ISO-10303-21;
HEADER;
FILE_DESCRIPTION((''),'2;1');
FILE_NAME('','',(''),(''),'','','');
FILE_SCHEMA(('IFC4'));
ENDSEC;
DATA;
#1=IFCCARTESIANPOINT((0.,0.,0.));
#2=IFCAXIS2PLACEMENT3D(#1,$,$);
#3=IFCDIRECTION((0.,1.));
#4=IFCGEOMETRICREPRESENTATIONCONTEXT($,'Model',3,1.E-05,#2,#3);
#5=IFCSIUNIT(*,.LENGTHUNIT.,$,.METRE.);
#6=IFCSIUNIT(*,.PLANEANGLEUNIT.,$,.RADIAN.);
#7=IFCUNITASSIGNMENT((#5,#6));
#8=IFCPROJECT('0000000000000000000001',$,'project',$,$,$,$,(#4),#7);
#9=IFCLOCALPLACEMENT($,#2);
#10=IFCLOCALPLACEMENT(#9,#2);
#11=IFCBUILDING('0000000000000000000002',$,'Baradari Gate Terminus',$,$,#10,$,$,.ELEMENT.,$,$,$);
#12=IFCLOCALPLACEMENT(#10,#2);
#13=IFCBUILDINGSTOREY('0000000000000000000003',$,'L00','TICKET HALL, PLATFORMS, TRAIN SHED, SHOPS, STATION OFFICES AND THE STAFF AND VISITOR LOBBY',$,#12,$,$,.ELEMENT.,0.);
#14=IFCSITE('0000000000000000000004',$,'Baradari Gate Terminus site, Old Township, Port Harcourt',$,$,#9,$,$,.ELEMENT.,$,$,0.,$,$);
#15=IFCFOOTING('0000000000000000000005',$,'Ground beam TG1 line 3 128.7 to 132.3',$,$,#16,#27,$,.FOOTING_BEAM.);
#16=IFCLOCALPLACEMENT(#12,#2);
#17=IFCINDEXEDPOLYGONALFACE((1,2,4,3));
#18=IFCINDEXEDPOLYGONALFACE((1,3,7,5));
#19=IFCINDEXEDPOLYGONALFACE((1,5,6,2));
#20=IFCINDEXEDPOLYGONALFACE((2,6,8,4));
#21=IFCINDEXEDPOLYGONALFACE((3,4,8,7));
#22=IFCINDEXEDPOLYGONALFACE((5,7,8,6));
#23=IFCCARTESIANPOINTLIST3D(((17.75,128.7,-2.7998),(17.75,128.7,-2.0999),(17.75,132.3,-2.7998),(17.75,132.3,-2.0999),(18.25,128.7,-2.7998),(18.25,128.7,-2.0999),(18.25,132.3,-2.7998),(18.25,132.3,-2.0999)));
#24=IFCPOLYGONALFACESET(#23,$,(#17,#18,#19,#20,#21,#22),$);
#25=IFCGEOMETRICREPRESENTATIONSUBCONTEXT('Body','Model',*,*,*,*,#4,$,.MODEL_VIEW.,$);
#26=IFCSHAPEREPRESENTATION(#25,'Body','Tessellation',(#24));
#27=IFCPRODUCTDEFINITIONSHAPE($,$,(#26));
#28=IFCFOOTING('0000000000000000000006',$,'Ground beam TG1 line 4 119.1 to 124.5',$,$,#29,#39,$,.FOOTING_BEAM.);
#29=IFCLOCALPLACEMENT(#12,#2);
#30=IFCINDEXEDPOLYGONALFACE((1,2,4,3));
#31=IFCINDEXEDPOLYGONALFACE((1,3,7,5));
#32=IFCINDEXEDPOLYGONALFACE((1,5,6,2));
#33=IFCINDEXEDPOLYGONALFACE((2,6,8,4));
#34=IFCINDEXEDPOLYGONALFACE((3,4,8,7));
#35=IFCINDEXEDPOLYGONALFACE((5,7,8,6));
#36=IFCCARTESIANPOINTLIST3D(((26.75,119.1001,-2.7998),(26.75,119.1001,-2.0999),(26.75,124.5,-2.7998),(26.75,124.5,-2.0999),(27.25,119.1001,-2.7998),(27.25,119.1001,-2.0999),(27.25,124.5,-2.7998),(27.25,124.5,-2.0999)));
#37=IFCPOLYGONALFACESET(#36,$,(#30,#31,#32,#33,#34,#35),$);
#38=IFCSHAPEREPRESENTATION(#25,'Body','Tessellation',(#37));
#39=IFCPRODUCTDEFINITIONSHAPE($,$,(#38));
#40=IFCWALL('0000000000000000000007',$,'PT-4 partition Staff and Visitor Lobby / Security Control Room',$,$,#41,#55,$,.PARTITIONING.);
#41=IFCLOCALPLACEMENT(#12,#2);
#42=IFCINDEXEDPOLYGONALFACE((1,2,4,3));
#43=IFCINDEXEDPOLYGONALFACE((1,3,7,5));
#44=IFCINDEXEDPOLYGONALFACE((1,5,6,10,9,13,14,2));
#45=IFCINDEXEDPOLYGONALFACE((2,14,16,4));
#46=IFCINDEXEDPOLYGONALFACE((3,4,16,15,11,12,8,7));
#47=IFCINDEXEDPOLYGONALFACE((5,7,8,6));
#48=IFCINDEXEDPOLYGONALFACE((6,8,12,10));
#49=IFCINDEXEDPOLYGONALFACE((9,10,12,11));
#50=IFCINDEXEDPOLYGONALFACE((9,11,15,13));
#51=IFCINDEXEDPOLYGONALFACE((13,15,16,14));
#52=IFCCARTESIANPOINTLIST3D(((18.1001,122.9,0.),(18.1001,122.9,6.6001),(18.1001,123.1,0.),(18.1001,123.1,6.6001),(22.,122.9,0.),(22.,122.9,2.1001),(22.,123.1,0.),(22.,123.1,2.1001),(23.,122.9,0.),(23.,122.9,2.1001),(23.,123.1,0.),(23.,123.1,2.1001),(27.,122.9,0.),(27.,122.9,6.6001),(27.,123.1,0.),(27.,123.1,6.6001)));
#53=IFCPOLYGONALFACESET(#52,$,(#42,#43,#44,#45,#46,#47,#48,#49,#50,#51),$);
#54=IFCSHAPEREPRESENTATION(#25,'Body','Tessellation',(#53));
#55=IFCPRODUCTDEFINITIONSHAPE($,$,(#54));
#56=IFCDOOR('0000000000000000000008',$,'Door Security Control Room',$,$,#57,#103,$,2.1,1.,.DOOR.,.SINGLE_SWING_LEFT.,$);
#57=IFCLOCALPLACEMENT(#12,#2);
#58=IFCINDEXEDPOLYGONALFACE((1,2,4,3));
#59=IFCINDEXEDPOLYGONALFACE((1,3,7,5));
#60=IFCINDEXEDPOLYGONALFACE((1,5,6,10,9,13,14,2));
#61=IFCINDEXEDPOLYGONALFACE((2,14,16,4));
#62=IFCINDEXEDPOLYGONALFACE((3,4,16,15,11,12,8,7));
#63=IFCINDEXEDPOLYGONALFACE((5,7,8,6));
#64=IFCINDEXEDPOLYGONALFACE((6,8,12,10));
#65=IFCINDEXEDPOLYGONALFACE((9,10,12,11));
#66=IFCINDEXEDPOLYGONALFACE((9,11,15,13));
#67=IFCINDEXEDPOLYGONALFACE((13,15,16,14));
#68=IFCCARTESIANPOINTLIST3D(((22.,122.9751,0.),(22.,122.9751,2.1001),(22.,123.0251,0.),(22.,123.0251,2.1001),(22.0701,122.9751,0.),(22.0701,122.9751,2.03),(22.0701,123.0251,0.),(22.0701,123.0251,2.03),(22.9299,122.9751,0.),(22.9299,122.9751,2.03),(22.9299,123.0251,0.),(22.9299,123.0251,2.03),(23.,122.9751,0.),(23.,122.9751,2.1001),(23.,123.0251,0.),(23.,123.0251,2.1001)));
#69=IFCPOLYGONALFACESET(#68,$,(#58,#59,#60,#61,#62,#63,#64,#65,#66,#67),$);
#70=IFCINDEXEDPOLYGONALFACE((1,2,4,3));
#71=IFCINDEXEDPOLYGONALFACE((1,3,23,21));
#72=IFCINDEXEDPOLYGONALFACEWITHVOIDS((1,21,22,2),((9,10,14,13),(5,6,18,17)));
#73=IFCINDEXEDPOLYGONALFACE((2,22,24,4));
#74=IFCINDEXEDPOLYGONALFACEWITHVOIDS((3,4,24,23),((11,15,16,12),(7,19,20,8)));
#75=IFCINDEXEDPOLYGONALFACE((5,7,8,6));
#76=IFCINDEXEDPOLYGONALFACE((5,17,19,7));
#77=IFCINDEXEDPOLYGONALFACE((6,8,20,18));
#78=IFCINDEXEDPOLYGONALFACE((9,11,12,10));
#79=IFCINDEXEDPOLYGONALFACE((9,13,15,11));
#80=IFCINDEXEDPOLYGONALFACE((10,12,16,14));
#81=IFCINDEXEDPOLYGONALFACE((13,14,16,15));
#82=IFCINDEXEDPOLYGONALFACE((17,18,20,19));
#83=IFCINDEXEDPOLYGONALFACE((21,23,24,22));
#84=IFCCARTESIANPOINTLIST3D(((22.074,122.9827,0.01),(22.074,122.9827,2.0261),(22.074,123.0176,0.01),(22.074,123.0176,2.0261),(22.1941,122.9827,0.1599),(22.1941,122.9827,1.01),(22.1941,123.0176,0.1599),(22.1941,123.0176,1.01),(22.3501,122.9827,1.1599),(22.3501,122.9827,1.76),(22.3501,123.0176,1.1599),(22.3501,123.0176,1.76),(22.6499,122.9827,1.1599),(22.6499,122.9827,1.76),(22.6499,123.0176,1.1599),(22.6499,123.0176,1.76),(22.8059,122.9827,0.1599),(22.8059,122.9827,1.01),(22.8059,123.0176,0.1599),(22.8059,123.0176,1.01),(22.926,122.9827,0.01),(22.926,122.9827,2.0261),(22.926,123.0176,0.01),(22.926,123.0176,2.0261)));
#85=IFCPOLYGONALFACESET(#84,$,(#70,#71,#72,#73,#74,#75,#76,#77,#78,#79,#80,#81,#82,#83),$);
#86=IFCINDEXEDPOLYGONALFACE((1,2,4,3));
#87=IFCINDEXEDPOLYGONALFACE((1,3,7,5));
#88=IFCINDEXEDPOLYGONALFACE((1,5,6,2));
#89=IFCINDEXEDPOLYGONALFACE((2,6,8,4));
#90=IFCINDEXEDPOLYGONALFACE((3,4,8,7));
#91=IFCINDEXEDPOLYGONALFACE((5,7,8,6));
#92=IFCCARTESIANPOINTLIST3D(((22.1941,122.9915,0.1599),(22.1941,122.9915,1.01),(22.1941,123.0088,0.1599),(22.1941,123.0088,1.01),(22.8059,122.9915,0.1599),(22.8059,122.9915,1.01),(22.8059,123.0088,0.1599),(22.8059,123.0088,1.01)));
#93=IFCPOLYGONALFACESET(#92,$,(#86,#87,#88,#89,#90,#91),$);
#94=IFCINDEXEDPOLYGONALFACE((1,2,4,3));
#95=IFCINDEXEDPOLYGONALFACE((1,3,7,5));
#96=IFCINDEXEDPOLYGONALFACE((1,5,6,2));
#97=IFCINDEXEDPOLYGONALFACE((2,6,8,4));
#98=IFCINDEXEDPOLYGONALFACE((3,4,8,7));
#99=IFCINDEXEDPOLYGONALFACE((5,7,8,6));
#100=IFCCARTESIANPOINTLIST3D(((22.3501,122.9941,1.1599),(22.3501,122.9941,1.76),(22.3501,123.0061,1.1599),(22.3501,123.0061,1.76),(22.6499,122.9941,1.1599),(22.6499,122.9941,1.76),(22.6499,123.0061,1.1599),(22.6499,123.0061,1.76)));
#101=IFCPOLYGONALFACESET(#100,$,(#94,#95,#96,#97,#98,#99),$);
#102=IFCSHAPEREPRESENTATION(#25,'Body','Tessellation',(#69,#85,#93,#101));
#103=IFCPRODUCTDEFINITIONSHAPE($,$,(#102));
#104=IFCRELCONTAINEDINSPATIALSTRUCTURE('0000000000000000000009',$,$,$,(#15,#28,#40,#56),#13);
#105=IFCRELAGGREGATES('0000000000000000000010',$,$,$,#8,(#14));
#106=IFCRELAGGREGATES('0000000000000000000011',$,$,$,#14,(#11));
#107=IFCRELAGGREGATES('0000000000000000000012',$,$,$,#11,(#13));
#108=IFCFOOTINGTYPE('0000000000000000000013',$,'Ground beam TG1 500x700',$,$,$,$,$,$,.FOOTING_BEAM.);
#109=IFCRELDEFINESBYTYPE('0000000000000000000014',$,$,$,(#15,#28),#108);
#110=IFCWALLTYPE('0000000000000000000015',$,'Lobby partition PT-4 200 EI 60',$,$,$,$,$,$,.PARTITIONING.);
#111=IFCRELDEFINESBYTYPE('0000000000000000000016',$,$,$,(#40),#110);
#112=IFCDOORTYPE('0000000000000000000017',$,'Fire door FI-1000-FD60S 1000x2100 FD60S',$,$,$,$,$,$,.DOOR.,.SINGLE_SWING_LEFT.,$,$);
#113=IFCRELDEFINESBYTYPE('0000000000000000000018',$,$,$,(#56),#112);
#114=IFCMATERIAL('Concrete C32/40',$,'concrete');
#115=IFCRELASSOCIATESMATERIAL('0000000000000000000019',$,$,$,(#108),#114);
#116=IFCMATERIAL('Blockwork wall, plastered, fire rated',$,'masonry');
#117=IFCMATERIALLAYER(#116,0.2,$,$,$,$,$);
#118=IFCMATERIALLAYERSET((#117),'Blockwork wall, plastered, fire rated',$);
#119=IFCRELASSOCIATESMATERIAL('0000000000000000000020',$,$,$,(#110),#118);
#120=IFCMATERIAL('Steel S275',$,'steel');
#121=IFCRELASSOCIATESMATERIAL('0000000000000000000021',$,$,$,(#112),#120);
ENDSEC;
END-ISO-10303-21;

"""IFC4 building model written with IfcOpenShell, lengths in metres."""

from ifc_helpers import new_model, si_unit, direction, frame, frame_2d, origin, origin_2d, place, context, subcontext, project, spatial, polyline, rectangle, outline, extrude, material, layer, layer_set, type_object, element, fill, save


model = new_model("IFC4")

# Units and contexts
model_context = context("Model", 3, precision=1e-05, world=origin(), true_north=direction((0.0, 1.0)))
body_context = subcontext(model_context, "Body", "Model", "MODEL_VIEW")
ifc_project = project(units=[si_unit("LENGTHUNIT", "METRE"), si_unit("PLANEANGLEUNIT", "RADIAN")], contexts=[model_context])

# Site, building, storey
site_placement = place(None, origin())
site = spatial("IfcSite", under=ifc_project, at=site_placement, Name="Baradari Gate Terminus site, Old Township, Port Harcourt", CompositionType="ELEMENT", RefElevation=0.0)
building_placement = place(site_placement, origin())
building = spatial("IfcBuilding", under=site, at=building_placement, Name="Baradari Gate Terminus", CompositionType="ELEMENT")
storey_placement = place(building_placement, origin())
storey = spatial("IfcBuildingStorey", under=building, at=storey_placement, Name="L00", Description="TICKET HALL, PLATFORMS, TRAIN SHED, SHOPS, STATION OFFICES AND THE STAFF AND VISITOR LOBBY", CompositionType="ELEMENT", Elevation=0.0)

# Footings
ifc_material_1 = material(Name="Concrete C32/40", Category="concrete")
footing_type = type_object("IfcFootingType", Name="Ground beam TG1 500x700", PredefinedType="FOOTING_BEAM", material=ifc_material_1)
footing_1_placement = place(storey_placement, frame((18.0, 130.5, -2.7998), z_axis=(0.0, 0.0, 1.0), x_axis=(1.0, 0.0, 0.0)))
element("IfcFooting", 1, at=footing_1_placement, inside=storey, type_object=footing_type, Name="Ground beam TG1 line 3 128.7 to 132.3", PredefinedType="FOOTING_BEAM", context=body_context, shape_type="SweptSolid", body=[
    extrude(rectangle(XDim=0.5, YDim=3.6001, at=origin_2d()), origin(), (0.0, 0.0, 1.0), 0.7),
])
footing_2_placement = place(storey_placement, frame((27.0, 121.8, -2.7998), z_axis=(0.0, 0.0, 1.0), x_axis=(1.0, 0.0, 0.0)))
element("IfcFooting", 2, at=footing_2_placement, inside=storey, type_object=footing_type, Name="Ground beam TG1 line 4 119.1 to 124.5", PredefinedType="FOOTING_BEAM", context=body_context, shape_type="SweptSolid", body=[
    extrude(rectangle(XDim=0.5, YDim=5.3999, at=origin_2d()), origin(), (0.0, 0.0, 1.0), 0.7),
])

# Wall, opening, door
ifc_material_2 = material(Name="Blockwork wall, plastered, fire rated", Category="masonry")
ifc_layer_1 = layer(ifc_material_2, 0.2)
ifc_layer_set_1 = layer_set([ifc_layer_1], Name="Blockwork wall, plastered, fire rated")
wall_type_1 = type_object("IfcWallType", Name="Lobby partition PT-4 200 EI 60", PredefinedType="PARTITIONING", material=ifc_layer_set_1)
wall_1_placement = place(storey_placement, frame((27.0, 123.0, 0.0), z_axis=(0.0, 0.0, 1.0), x_axis=(-1.0, 0.0, 0.0)))
wall_1 = element("IfcWall", 3, at=wall_1_placement, inside=storey, type_object=wall_type_1, Name="PT-4 partition Staff and Visitor Lobby / Security Control Room", PredefinedType="PARTITIONING", context=body_context, shape_type="SweptSolid", body=[
    extrude(rectangle(XDim=8.8999, YDim=0.2, at=frame_2d((4.45, 0.0))), origin(), (0.0, 0.0, 1.0), 6.6001),
])
opening_1_placement = place(wall_1_placement, frame((4.0, 0.0, 0.0)))
opening_1 = element("IfcOpeningElement", 4, at=opening_1_placement, cuts=wall_1, PredefinedType="OPENING", context=body_context, shape_type="SweptSolid", body=[
    extrude(rectangle(XDim=1.0, YDim=2.1001, at=frame_2d((0.5, 1.05))), frame((0.0, 0.1099, 0.0), z_axis=(0.0, -1.0, 0.0), x_axis=(1.0, 0.0, 0.0)), (0.0, 0.0, 1.0), 0.22),
])
ifc_material_3 = material(Name="Steel S275", Category="steel")
door_type_1 = type_object("IfcDoorType", Name="Fire door FI-1000-FD60S 1000x2100 FD60S", OperationType="SINGLE_SWING_LEFT", PredefinedType="DOOR", material=ifc_material_3)
door_1_placement = place(opening_1_placement, origin())
door_1 = element("IfcDoor", 5, at=door_1_placement, inside=storey, type_object=door_type_1, Name="Door Security Control Room", OperationType="SINGLE_SWING_LEFT", OverallHeight=2.1, OverallWidth=1.0, PredefinedType="DOOR", context=body_context, shape_type="SweptSolid", body=[
    extrude(outline(polyline([(0.0, 0.0), (0.0701, 0.0), (0.0701, 2.03), (0.9299, 2.03), (0.9299, 0.0), (1.0, 0.0), (1.0, 2.1001), (0.0, 2.1001), (0.0, 0.0)])), frame((0.0, 0.0249, 0.0), z_axis=(0.0, -1.0, 0.0), x_axis=(1.0, 0.0, 0.0)), (0.0, 0.0, 1.0), 0.05),
    extrude(outline(polyline([(0.074, 0.01), (0.926, 0.01), (0.926, 2.0261), (0.074, 2.0261), (0.074, 0.01)]), holes=[polyline([(0.1941, 0.1599), (0.8059, 0.1599), (0.8059, 1.01), (0.1941, 1.01), (0.1941, 0.1599)]), polyline([(0.3501, 1.1599), (0.6499, 1.1599), (0.6499, 1.76), (0.3501, 1.76), (0.3501, 1.1599)])]), frame((0.0, 0.0173, 0.0), z_axis=(0.0, -1.0, 0.0), x_axis=(1.0, 0.0, 0.0)), (0.0, 0.0, 1.0), 0.0349),
    extrude(rectangle(XDim=0.6118, YDim=0.8501, at=frame_2d((0.5, 0.585))), frame((0.0, 0.0085, 0.0), z_axis=(0.0, -1.0, 0.0), x_axis=(1.0, 0.0, 0.0)), (0.0, 0.0, 1.0), 0.0173),
    extrude(rectangle(XDim=0.2998, YDim=0.6001, at=frame_2d((0.5, 1.46))), frame((0.0, 0.0059, 0.0), z_axis=(0.0, -1.0, 0.0), x_axis=(1.0, 0.0, 0.0)), (0.0, 0.0, 1.0), 0.012),
])
fill(opening_1, door_1)

save(model, "model.ifc")
